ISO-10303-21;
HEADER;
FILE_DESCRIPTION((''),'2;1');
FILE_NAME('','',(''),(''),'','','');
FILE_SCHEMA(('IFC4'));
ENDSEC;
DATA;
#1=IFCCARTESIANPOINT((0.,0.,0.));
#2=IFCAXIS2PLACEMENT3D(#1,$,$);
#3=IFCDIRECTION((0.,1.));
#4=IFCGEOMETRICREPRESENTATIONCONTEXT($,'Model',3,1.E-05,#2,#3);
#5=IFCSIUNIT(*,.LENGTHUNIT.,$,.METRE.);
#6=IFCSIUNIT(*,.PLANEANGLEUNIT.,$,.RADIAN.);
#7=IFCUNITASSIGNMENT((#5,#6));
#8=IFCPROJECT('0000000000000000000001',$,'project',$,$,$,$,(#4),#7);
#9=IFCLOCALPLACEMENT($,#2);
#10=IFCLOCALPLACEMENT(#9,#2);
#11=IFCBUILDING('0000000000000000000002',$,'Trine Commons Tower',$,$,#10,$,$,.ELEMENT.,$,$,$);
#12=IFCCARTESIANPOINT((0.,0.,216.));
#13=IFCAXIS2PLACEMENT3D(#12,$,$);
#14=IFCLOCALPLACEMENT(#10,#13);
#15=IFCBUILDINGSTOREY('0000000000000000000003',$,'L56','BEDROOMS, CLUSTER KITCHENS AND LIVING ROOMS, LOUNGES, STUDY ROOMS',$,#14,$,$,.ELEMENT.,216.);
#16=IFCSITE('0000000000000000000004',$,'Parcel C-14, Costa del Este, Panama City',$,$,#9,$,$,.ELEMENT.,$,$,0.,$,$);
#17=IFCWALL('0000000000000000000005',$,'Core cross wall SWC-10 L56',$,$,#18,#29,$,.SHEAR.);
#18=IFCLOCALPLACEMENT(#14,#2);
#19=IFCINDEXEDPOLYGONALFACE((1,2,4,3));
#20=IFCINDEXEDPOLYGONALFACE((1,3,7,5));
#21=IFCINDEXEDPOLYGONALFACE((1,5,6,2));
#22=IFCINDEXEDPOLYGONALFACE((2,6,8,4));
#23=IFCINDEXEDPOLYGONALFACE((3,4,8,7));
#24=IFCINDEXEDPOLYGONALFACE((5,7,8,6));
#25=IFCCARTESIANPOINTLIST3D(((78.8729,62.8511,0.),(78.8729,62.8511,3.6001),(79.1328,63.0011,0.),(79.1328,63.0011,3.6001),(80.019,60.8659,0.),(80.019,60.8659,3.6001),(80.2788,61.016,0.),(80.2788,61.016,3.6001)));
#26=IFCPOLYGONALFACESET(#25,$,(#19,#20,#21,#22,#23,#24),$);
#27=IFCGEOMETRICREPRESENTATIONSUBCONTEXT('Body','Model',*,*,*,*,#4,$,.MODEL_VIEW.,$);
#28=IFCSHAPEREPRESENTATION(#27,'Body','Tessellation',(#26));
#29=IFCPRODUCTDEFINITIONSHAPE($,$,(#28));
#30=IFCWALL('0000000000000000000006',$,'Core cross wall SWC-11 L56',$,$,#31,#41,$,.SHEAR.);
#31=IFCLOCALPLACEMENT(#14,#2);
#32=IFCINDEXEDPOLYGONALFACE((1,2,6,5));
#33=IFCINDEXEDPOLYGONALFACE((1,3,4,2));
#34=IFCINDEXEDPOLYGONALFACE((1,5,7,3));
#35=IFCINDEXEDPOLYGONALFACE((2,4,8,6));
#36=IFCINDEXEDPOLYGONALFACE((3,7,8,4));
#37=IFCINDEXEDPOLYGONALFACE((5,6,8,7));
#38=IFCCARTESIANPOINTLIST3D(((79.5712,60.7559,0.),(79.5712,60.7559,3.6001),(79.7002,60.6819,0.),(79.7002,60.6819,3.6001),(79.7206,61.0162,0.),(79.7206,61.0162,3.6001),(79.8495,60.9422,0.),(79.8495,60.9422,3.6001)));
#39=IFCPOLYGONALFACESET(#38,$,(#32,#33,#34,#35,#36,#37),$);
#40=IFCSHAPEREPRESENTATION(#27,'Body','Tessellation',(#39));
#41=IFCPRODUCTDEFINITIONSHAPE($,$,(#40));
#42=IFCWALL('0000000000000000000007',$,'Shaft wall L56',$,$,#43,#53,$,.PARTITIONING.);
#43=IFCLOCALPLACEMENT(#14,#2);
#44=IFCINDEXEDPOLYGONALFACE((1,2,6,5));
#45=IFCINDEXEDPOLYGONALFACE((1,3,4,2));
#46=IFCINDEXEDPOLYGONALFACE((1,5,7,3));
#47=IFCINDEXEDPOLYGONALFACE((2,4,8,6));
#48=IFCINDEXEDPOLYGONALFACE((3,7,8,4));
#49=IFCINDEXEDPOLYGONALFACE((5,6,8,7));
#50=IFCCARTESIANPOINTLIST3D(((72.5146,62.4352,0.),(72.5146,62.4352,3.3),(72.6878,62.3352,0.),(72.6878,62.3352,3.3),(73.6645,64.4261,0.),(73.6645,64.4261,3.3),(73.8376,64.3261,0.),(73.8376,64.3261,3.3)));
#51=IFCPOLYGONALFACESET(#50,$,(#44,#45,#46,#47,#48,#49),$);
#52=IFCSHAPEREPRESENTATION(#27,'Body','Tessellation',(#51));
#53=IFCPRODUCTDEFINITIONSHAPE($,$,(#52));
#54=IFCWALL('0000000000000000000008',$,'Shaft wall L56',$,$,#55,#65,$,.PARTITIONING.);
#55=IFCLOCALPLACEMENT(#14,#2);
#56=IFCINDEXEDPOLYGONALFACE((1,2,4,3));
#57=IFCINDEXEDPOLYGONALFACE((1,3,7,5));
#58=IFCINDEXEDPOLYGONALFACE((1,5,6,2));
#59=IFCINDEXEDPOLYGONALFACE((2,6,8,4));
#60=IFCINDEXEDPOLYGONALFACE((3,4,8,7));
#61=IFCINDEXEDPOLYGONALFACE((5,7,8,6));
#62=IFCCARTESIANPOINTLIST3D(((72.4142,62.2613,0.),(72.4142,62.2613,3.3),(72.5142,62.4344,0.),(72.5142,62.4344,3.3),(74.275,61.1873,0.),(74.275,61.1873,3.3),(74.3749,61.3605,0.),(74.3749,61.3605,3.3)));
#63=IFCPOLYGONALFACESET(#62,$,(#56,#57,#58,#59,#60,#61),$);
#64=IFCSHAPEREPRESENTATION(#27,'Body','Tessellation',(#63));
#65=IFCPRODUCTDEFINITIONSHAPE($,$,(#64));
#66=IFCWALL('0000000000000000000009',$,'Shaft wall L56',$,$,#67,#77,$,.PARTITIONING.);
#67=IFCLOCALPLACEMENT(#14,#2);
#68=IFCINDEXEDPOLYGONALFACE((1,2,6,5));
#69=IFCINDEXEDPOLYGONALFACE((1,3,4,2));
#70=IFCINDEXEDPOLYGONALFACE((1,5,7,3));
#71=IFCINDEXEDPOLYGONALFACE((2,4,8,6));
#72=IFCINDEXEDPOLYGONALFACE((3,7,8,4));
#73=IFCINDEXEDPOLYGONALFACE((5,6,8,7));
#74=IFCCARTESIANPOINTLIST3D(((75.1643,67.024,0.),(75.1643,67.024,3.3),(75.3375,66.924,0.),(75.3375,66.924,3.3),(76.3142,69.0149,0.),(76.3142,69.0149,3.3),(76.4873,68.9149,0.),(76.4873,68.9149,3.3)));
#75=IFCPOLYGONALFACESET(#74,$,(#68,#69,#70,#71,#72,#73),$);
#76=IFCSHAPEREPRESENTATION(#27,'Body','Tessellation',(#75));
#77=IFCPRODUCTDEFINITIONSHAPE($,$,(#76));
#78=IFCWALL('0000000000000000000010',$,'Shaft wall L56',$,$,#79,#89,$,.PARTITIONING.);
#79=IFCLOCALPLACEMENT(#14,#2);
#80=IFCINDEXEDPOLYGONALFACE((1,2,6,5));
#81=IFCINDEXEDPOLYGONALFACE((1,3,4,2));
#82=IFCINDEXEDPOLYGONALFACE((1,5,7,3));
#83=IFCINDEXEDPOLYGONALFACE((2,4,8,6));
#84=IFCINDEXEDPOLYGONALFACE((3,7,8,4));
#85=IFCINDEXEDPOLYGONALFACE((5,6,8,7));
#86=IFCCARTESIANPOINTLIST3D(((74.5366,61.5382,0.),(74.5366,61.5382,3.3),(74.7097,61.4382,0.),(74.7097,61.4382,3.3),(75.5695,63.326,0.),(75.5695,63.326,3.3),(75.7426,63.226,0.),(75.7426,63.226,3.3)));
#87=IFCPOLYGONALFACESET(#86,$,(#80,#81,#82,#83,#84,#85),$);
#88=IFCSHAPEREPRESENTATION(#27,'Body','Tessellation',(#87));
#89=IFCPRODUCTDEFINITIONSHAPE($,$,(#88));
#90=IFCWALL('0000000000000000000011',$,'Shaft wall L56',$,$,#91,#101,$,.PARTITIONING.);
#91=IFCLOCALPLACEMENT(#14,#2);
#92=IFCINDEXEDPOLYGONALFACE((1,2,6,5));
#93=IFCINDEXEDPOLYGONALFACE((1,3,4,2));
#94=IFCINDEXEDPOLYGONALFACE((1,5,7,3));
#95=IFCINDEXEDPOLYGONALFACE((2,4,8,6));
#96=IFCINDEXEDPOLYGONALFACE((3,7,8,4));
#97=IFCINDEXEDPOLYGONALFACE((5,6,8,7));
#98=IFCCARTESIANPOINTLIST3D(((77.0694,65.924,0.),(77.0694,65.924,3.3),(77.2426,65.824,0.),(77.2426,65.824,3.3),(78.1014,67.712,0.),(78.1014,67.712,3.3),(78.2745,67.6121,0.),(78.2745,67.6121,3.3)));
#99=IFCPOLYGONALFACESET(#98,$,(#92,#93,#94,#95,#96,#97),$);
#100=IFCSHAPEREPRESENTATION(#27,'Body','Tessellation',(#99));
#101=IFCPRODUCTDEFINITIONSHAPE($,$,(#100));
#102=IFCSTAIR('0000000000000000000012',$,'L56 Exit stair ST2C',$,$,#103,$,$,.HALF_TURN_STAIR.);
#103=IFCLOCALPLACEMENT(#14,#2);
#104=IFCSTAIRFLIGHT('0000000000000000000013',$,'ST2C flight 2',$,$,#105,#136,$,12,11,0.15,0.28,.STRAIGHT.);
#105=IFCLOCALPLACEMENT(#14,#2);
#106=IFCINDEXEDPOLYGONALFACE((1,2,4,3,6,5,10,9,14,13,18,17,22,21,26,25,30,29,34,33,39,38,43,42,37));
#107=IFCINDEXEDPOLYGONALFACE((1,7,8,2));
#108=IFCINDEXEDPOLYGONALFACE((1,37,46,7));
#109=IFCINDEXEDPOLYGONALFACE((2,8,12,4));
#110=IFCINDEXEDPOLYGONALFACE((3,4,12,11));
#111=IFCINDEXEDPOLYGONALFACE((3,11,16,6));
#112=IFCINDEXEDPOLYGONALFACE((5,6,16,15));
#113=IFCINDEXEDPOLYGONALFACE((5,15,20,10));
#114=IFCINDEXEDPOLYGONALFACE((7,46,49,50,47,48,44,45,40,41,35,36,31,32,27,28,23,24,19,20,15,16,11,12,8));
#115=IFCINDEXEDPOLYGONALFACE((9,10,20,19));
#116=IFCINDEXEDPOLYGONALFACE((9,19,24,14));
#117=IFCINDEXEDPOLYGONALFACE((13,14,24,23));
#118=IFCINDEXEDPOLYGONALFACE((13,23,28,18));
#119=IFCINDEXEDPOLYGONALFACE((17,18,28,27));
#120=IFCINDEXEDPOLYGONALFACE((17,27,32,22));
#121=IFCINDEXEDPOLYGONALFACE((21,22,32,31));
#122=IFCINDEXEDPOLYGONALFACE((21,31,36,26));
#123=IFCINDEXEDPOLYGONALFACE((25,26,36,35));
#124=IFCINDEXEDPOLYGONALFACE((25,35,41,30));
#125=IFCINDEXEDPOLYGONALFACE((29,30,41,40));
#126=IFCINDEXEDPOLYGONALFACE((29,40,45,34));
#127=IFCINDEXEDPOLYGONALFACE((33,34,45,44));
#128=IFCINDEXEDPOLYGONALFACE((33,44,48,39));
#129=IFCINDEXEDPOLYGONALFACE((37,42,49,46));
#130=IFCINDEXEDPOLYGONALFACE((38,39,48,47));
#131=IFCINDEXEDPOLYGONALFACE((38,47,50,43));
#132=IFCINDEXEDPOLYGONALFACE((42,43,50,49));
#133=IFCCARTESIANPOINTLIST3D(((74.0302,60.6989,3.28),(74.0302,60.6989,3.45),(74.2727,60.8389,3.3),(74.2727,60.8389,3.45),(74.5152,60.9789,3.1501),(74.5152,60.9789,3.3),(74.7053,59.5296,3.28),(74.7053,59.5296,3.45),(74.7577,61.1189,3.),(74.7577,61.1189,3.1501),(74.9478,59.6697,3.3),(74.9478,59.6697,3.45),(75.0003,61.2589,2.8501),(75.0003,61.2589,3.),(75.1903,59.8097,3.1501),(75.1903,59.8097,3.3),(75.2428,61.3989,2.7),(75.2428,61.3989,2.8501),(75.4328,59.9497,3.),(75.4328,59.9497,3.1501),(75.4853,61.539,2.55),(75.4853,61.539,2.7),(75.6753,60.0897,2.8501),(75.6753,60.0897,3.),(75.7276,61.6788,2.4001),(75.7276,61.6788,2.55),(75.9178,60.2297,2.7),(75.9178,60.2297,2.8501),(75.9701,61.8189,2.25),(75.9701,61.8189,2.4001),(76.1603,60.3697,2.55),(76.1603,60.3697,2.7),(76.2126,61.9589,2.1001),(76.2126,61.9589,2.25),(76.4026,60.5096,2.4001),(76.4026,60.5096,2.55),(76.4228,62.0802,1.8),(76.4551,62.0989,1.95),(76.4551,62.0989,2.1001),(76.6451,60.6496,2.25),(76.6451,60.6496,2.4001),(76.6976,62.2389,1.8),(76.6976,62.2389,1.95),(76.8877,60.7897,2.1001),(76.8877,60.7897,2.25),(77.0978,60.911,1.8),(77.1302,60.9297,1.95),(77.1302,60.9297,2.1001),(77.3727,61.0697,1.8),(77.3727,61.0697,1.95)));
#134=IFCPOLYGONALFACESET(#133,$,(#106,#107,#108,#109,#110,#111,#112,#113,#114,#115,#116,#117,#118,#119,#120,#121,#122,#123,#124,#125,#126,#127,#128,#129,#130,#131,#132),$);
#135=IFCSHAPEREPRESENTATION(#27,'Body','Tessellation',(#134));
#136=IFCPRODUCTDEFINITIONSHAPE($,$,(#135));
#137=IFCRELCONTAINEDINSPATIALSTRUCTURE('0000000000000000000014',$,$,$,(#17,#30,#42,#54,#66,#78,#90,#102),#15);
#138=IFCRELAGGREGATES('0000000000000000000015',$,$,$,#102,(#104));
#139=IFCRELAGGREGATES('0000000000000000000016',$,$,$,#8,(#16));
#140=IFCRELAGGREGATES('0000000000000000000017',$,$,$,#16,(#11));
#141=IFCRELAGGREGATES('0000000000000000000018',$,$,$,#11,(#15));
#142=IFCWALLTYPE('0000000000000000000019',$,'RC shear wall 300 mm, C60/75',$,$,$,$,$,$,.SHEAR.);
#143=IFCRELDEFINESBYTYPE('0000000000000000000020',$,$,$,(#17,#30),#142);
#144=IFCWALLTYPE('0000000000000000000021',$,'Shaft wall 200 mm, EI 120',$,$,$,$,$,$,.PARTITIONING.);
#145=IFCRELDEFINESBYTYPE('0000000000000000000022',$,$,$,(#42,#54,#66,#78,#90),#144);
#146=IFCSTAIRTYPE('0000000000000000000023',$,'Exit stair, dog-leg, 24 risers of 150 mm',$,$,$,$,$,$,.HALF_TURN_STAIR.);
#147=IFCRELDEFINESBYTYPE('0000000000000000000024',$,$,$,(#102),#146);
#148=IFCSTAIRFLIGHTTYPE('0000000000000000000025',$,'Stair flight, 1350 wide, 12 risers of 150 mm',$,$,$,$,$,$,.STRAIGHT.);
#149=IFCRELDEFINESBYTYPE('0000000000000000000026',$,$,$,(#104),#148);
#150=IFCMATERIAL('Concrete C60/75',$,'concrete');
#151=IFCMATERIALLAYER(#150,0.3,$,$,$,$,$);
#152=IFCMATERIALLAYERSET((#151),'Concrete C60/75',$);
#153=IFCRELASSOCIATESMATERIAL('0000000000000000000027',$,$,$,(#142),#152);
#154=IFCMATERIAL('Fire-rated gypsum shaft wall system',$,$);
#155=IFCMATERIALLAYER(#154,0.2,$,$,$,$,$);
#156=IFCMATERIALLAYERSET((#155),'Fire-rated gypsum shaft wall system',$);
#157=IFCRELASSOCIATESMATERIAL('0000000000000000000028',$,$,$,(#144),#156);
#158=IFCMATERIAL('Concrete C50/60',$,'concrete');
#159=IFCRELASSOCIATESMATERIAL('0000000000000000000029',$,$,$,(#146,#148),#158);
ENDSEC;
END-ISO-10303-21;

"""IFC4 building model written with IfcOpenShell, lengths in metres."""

from ifc_helpers import new_model, si_unit, direction, frame, frame_2d, origin, place, context, subcontext, project, spatial, polyline, rectangle, outline, extrude, material, layer, layer_set, type_object, element, aggregate, save


model = new_model("IFC4")

# Units and contexts
model_context = context("Model", 3, precision=1e-05, world=origin(), true_north=direction((0.0, 1.0)))
body_context = subcontext(model_context, "Body", "Model", "MODEL_VIEW")
ifc_project = project(units=[si_unit("LENGTHUNIT", "METRE"), si_unit("PLANEANGLEUNIT", "RADIAN")], contexts=[model_context])

# Site, building, storey
site_placement = place(None, origin())
site = spatial("IfcSite", under=ifc_project, at=site_placement, Name="Parcel C-14, Costa del Este, Panama City", CompositionType="ELEMENT", RefElevation=0.0)
building_placement = place(site_placement, origin())
building = spatial("IfcBuilding", under=site, at=building_placement, Name="Trine Commons Tower", CompositionType="ELEMENT")
storey_placement = place(building_placement, frame((0.0, 0.0, 216.0)))
storey = spatial("IfcBuildingStorey", under=building, at=storey_placement, Name="L56", Description="BEDROOMS, CLUSTER KITCHENS AND LIVING ROOMS, LOUNGES, STUDY ROOMS", CompositionType="ELEMENT", Elevation=216.0)

# Shared definitions
ifc_material_1 = material(Name="Fire-rated gypsum shaft wall system")
ifc_material_2 = material(Name="Concrete C60/75", Category="concrete")
ifc_layer_1 = layer(ifc_material_2, 0.3)
ifc_layer_set_1 = layer_set([ifc_layer_1], Name="Concrete C60/75")
wall_type_1 = type_object("IfcWallType", Name="RC shear wall 300 mm, C60/75", PredefinedType="SHEAR", material=ifc_layer_set_1)

# Walls
wall_1_placement = place(storey_placement, frame((79.0029, 62.926, 0.0), z_axis=(0.0, 0.0, 1.0), x_axis=(0.499965, -0.866045, 0.0)))
element("IfcWall", 1, at=wall_1_placement, inside=storey, type_object=wall_type_1, Name="Core cross wall SWC-10 L56", PredefinedType="SHEAR", context=body_context, shape_type="SweptSolid", body=[
    extrude(rectangle(XDim=2.2922, YDim=0.3, at=frame_2d((1.146, 0.0))), origin(), (0.0, 0.0, 1.0), 3.6001),
])
wall_2_placement = place(storey_placement, frame((79.646, 60.886, 0.0), z_axis=(0.0, 0.0, 1.0), x_axis=(0.867332, -0.49773, 0.0)))
element("IfcWall", 2, at=wall_2_placement, inside=storey, type_object=wall_type_1, Name="Core cross wall SWC-11 L56", PredefinedType="SHEAR", context=body_context, shape_type="SweptSolid", body=[
    extrude(rectangle(XDim=0.1487, YDim=0.3, at=frame_2d((0.0742, 0.0))), origin(), (0.0, 0.0, 1.0), 3.6001),
])
ifc_layer_2 = layer(ifc_material_1, 0.2)
ifc_layer_set_2 = layer_set([ifc_layer_2], Name="Fire-rated gypsum shaft wall system")
wall_type_2 = type_object("IfcWallType", Name="Shaft wall 200 mm, EI 120", PredefinedType="PARTITIONING", material=ifc_layer_set_2)
wall_3_placement = place(storey_placement, frame((73.751, 64.376, 0.0), z_axis=(0.0, 0.0, 1.0), x_axis=(-0.500136, -0.865947, 0.0)))
element("IfcWall", 3, at=wall_3_placement, inside=storey, type_object=wall_type_2, Name="Shaft wall L56", PredefinedType="PARTITIONING", context=body_context, shape_type="SweptSolid", body=[
    extrude(rectangle(XDim=2.2991, YDim=0.2, at=frame_2d((1.1494, 0.0))), origin(), (0.0, 0.0, 1.0), 3.3),
])
wall_4_placement = place(storey_placement, frame((74.325, 61.2739, 0.0), z_axis=(0.0, 0.0, 1.0), x_axis=(-0.866102, 0.499867, 0.0)))
element("IfcWall", 4, at=wall_4_placement, inside=storey, type_object=wall_type_2, Name="Shaft wall L56", PredefinedType="PARTITIONING", context=body_context, shape_type="SweptSolid", body=[
    extrude(rectangle(XDim=2.1484, YDim=0.2, at=frame_2d((1.0742, 0.0))), origin(), (0.0, 0.0, 1.0), 3.3),
])
wall_5_placement = place(storey_placement, frame((75.251, 66.9741, 0.0), z_axis=(0.0, 0.0, 1.0), x_axis=(0.500136, 0.865947, 0.0)))
element("IfcWall", 5, at=wall_5_placement, inside=storey, type_object=wall_type_2, Name="Shaft wall L56", PredefinedType="PARTITIONING", context=body_context, shape_type="SweptSolid", body=[
    extrude(rectangle(XDim=2.2991, YDim=0.2, at=frame_2d((1.1494, 0.0))), origin(), (0.0, 0.0, 1.0), 3.3),
])
wall_6_placement = place(storey_placement, frame((75.656, 63.2759, 0.0), z_axis=(0.0, 0.0, 1.0), x_axis=(-0.500272, -0.865868, 0.0)))
element("IfcWall", 6, at=wall_6_placement, inside=storey, type_object=wall_type_2, Name="Shaft wall L56", PredefinedType="PARTITIONING", context=body_context, shape_type="SweptSolid", body=[
    extrude(rectangle(XDim=2.0647, YDim=0.2, at=frame_2d((1.0322, 0.0))), origin(), (0.0, 0.0, 1.0), 3.3),
])
wall_7_placement = place(storey_placement, frame((77.156, 65.874, 0.0), z_axis=(0.0, 0.0, 1.0), x_axis=(0.499866, 0.866103, 0.0)))
element("IfcWall", 7, at=wall_7_placement, inside=storey, type_object=wall_type_2, Name="Shaft wall L56", PredefinedType="PARTITIONING", context=body_context, shape_type="SweptSolid", body=[
    extrude(rectangle(XDim=2.0645, YDim=0.2, at=frame_2d((1.0322, 0.0))), origin(), (0.0, 0.0, 1.0), 3.3),
])

# Stair, stair flight
ifc_material_3 = material(Name="Concrete C50/60", Category="concrete")
stair_type = type_object("IfcStairType", Name="Exit stair, dog-leg, 24 risers of 150 mm", PredefinedType="HALF_TURN_STAIR", material=ifc_material_3)
stair_placement = place(storey_placement, origin())
stair = element("IfcStair", 8, at=stair_placement, inside=storey, type_object=stair_type, Name="L56 Exit stair ST2C", PredefinedType="HALF_TURN_STAIR")
stair_flight_type = type_object("IfcStairFlightType", Name="Stair flight, 1350 wide, 12 risers of 150 mm", PredefinedType="STRAIGHT", material=ifc_material_3)
stair_flight_placement = place(storey_placement, frame((77.0352, 61.6543, 1.8), z_axis=(0.0, 0.0, 1.0), x_axis=(-0.866025, -0.5, 0.0)))
stair_flight = element("IfcStairFlight", 9, at=stair_flight_placement, type_object=stair_flight_type, Name="ST2C flight 2", NumberOfRisers=12, NumberOfTreads=11, PredefinedType="STRAIGHT", RiserHeight=0.15, TreadLength=0.28, context=body_context, shape_type="SweptSolid", body=[
    extrude(outline(polyline([(0.0, 0.0), (0.0, 0.1499), (0.28, 0.1499), (0.28, 0.3), (0.5601, 0.3), (0.5601, 0.45), (0.8401, 0.45), (0.8401, 0.6001), (1.1201, 0.6001), (1.1201, 0.75), (1.3999, 0.75), (1.3999, 0.8999), (1.6799, 0.8999), (1.6799, 1.05), (1.96, 1.05), (1.96, 1.2), (2.24, 1.2), (2.24, 1.3501), (2.52, 1.3501), (2.52, 1.5), (2.8, 1.5), (2.8, 1.6499), (3.0801, 1.6499), (3.0801, 1.8), (3.0801, 1.48), (0.3174, 0.0), (0.0, 0.0)])), frame((0.0, 0.675, 0.0), z_axis=(0.0, -1.0, 0.0), x_axis=(1.0, 0.0, 0.0)), (0.0, 0.0, 1.0), 1.3501),
])
aggregate(stair, [stair_flight])

save(model, "model.ifc")
